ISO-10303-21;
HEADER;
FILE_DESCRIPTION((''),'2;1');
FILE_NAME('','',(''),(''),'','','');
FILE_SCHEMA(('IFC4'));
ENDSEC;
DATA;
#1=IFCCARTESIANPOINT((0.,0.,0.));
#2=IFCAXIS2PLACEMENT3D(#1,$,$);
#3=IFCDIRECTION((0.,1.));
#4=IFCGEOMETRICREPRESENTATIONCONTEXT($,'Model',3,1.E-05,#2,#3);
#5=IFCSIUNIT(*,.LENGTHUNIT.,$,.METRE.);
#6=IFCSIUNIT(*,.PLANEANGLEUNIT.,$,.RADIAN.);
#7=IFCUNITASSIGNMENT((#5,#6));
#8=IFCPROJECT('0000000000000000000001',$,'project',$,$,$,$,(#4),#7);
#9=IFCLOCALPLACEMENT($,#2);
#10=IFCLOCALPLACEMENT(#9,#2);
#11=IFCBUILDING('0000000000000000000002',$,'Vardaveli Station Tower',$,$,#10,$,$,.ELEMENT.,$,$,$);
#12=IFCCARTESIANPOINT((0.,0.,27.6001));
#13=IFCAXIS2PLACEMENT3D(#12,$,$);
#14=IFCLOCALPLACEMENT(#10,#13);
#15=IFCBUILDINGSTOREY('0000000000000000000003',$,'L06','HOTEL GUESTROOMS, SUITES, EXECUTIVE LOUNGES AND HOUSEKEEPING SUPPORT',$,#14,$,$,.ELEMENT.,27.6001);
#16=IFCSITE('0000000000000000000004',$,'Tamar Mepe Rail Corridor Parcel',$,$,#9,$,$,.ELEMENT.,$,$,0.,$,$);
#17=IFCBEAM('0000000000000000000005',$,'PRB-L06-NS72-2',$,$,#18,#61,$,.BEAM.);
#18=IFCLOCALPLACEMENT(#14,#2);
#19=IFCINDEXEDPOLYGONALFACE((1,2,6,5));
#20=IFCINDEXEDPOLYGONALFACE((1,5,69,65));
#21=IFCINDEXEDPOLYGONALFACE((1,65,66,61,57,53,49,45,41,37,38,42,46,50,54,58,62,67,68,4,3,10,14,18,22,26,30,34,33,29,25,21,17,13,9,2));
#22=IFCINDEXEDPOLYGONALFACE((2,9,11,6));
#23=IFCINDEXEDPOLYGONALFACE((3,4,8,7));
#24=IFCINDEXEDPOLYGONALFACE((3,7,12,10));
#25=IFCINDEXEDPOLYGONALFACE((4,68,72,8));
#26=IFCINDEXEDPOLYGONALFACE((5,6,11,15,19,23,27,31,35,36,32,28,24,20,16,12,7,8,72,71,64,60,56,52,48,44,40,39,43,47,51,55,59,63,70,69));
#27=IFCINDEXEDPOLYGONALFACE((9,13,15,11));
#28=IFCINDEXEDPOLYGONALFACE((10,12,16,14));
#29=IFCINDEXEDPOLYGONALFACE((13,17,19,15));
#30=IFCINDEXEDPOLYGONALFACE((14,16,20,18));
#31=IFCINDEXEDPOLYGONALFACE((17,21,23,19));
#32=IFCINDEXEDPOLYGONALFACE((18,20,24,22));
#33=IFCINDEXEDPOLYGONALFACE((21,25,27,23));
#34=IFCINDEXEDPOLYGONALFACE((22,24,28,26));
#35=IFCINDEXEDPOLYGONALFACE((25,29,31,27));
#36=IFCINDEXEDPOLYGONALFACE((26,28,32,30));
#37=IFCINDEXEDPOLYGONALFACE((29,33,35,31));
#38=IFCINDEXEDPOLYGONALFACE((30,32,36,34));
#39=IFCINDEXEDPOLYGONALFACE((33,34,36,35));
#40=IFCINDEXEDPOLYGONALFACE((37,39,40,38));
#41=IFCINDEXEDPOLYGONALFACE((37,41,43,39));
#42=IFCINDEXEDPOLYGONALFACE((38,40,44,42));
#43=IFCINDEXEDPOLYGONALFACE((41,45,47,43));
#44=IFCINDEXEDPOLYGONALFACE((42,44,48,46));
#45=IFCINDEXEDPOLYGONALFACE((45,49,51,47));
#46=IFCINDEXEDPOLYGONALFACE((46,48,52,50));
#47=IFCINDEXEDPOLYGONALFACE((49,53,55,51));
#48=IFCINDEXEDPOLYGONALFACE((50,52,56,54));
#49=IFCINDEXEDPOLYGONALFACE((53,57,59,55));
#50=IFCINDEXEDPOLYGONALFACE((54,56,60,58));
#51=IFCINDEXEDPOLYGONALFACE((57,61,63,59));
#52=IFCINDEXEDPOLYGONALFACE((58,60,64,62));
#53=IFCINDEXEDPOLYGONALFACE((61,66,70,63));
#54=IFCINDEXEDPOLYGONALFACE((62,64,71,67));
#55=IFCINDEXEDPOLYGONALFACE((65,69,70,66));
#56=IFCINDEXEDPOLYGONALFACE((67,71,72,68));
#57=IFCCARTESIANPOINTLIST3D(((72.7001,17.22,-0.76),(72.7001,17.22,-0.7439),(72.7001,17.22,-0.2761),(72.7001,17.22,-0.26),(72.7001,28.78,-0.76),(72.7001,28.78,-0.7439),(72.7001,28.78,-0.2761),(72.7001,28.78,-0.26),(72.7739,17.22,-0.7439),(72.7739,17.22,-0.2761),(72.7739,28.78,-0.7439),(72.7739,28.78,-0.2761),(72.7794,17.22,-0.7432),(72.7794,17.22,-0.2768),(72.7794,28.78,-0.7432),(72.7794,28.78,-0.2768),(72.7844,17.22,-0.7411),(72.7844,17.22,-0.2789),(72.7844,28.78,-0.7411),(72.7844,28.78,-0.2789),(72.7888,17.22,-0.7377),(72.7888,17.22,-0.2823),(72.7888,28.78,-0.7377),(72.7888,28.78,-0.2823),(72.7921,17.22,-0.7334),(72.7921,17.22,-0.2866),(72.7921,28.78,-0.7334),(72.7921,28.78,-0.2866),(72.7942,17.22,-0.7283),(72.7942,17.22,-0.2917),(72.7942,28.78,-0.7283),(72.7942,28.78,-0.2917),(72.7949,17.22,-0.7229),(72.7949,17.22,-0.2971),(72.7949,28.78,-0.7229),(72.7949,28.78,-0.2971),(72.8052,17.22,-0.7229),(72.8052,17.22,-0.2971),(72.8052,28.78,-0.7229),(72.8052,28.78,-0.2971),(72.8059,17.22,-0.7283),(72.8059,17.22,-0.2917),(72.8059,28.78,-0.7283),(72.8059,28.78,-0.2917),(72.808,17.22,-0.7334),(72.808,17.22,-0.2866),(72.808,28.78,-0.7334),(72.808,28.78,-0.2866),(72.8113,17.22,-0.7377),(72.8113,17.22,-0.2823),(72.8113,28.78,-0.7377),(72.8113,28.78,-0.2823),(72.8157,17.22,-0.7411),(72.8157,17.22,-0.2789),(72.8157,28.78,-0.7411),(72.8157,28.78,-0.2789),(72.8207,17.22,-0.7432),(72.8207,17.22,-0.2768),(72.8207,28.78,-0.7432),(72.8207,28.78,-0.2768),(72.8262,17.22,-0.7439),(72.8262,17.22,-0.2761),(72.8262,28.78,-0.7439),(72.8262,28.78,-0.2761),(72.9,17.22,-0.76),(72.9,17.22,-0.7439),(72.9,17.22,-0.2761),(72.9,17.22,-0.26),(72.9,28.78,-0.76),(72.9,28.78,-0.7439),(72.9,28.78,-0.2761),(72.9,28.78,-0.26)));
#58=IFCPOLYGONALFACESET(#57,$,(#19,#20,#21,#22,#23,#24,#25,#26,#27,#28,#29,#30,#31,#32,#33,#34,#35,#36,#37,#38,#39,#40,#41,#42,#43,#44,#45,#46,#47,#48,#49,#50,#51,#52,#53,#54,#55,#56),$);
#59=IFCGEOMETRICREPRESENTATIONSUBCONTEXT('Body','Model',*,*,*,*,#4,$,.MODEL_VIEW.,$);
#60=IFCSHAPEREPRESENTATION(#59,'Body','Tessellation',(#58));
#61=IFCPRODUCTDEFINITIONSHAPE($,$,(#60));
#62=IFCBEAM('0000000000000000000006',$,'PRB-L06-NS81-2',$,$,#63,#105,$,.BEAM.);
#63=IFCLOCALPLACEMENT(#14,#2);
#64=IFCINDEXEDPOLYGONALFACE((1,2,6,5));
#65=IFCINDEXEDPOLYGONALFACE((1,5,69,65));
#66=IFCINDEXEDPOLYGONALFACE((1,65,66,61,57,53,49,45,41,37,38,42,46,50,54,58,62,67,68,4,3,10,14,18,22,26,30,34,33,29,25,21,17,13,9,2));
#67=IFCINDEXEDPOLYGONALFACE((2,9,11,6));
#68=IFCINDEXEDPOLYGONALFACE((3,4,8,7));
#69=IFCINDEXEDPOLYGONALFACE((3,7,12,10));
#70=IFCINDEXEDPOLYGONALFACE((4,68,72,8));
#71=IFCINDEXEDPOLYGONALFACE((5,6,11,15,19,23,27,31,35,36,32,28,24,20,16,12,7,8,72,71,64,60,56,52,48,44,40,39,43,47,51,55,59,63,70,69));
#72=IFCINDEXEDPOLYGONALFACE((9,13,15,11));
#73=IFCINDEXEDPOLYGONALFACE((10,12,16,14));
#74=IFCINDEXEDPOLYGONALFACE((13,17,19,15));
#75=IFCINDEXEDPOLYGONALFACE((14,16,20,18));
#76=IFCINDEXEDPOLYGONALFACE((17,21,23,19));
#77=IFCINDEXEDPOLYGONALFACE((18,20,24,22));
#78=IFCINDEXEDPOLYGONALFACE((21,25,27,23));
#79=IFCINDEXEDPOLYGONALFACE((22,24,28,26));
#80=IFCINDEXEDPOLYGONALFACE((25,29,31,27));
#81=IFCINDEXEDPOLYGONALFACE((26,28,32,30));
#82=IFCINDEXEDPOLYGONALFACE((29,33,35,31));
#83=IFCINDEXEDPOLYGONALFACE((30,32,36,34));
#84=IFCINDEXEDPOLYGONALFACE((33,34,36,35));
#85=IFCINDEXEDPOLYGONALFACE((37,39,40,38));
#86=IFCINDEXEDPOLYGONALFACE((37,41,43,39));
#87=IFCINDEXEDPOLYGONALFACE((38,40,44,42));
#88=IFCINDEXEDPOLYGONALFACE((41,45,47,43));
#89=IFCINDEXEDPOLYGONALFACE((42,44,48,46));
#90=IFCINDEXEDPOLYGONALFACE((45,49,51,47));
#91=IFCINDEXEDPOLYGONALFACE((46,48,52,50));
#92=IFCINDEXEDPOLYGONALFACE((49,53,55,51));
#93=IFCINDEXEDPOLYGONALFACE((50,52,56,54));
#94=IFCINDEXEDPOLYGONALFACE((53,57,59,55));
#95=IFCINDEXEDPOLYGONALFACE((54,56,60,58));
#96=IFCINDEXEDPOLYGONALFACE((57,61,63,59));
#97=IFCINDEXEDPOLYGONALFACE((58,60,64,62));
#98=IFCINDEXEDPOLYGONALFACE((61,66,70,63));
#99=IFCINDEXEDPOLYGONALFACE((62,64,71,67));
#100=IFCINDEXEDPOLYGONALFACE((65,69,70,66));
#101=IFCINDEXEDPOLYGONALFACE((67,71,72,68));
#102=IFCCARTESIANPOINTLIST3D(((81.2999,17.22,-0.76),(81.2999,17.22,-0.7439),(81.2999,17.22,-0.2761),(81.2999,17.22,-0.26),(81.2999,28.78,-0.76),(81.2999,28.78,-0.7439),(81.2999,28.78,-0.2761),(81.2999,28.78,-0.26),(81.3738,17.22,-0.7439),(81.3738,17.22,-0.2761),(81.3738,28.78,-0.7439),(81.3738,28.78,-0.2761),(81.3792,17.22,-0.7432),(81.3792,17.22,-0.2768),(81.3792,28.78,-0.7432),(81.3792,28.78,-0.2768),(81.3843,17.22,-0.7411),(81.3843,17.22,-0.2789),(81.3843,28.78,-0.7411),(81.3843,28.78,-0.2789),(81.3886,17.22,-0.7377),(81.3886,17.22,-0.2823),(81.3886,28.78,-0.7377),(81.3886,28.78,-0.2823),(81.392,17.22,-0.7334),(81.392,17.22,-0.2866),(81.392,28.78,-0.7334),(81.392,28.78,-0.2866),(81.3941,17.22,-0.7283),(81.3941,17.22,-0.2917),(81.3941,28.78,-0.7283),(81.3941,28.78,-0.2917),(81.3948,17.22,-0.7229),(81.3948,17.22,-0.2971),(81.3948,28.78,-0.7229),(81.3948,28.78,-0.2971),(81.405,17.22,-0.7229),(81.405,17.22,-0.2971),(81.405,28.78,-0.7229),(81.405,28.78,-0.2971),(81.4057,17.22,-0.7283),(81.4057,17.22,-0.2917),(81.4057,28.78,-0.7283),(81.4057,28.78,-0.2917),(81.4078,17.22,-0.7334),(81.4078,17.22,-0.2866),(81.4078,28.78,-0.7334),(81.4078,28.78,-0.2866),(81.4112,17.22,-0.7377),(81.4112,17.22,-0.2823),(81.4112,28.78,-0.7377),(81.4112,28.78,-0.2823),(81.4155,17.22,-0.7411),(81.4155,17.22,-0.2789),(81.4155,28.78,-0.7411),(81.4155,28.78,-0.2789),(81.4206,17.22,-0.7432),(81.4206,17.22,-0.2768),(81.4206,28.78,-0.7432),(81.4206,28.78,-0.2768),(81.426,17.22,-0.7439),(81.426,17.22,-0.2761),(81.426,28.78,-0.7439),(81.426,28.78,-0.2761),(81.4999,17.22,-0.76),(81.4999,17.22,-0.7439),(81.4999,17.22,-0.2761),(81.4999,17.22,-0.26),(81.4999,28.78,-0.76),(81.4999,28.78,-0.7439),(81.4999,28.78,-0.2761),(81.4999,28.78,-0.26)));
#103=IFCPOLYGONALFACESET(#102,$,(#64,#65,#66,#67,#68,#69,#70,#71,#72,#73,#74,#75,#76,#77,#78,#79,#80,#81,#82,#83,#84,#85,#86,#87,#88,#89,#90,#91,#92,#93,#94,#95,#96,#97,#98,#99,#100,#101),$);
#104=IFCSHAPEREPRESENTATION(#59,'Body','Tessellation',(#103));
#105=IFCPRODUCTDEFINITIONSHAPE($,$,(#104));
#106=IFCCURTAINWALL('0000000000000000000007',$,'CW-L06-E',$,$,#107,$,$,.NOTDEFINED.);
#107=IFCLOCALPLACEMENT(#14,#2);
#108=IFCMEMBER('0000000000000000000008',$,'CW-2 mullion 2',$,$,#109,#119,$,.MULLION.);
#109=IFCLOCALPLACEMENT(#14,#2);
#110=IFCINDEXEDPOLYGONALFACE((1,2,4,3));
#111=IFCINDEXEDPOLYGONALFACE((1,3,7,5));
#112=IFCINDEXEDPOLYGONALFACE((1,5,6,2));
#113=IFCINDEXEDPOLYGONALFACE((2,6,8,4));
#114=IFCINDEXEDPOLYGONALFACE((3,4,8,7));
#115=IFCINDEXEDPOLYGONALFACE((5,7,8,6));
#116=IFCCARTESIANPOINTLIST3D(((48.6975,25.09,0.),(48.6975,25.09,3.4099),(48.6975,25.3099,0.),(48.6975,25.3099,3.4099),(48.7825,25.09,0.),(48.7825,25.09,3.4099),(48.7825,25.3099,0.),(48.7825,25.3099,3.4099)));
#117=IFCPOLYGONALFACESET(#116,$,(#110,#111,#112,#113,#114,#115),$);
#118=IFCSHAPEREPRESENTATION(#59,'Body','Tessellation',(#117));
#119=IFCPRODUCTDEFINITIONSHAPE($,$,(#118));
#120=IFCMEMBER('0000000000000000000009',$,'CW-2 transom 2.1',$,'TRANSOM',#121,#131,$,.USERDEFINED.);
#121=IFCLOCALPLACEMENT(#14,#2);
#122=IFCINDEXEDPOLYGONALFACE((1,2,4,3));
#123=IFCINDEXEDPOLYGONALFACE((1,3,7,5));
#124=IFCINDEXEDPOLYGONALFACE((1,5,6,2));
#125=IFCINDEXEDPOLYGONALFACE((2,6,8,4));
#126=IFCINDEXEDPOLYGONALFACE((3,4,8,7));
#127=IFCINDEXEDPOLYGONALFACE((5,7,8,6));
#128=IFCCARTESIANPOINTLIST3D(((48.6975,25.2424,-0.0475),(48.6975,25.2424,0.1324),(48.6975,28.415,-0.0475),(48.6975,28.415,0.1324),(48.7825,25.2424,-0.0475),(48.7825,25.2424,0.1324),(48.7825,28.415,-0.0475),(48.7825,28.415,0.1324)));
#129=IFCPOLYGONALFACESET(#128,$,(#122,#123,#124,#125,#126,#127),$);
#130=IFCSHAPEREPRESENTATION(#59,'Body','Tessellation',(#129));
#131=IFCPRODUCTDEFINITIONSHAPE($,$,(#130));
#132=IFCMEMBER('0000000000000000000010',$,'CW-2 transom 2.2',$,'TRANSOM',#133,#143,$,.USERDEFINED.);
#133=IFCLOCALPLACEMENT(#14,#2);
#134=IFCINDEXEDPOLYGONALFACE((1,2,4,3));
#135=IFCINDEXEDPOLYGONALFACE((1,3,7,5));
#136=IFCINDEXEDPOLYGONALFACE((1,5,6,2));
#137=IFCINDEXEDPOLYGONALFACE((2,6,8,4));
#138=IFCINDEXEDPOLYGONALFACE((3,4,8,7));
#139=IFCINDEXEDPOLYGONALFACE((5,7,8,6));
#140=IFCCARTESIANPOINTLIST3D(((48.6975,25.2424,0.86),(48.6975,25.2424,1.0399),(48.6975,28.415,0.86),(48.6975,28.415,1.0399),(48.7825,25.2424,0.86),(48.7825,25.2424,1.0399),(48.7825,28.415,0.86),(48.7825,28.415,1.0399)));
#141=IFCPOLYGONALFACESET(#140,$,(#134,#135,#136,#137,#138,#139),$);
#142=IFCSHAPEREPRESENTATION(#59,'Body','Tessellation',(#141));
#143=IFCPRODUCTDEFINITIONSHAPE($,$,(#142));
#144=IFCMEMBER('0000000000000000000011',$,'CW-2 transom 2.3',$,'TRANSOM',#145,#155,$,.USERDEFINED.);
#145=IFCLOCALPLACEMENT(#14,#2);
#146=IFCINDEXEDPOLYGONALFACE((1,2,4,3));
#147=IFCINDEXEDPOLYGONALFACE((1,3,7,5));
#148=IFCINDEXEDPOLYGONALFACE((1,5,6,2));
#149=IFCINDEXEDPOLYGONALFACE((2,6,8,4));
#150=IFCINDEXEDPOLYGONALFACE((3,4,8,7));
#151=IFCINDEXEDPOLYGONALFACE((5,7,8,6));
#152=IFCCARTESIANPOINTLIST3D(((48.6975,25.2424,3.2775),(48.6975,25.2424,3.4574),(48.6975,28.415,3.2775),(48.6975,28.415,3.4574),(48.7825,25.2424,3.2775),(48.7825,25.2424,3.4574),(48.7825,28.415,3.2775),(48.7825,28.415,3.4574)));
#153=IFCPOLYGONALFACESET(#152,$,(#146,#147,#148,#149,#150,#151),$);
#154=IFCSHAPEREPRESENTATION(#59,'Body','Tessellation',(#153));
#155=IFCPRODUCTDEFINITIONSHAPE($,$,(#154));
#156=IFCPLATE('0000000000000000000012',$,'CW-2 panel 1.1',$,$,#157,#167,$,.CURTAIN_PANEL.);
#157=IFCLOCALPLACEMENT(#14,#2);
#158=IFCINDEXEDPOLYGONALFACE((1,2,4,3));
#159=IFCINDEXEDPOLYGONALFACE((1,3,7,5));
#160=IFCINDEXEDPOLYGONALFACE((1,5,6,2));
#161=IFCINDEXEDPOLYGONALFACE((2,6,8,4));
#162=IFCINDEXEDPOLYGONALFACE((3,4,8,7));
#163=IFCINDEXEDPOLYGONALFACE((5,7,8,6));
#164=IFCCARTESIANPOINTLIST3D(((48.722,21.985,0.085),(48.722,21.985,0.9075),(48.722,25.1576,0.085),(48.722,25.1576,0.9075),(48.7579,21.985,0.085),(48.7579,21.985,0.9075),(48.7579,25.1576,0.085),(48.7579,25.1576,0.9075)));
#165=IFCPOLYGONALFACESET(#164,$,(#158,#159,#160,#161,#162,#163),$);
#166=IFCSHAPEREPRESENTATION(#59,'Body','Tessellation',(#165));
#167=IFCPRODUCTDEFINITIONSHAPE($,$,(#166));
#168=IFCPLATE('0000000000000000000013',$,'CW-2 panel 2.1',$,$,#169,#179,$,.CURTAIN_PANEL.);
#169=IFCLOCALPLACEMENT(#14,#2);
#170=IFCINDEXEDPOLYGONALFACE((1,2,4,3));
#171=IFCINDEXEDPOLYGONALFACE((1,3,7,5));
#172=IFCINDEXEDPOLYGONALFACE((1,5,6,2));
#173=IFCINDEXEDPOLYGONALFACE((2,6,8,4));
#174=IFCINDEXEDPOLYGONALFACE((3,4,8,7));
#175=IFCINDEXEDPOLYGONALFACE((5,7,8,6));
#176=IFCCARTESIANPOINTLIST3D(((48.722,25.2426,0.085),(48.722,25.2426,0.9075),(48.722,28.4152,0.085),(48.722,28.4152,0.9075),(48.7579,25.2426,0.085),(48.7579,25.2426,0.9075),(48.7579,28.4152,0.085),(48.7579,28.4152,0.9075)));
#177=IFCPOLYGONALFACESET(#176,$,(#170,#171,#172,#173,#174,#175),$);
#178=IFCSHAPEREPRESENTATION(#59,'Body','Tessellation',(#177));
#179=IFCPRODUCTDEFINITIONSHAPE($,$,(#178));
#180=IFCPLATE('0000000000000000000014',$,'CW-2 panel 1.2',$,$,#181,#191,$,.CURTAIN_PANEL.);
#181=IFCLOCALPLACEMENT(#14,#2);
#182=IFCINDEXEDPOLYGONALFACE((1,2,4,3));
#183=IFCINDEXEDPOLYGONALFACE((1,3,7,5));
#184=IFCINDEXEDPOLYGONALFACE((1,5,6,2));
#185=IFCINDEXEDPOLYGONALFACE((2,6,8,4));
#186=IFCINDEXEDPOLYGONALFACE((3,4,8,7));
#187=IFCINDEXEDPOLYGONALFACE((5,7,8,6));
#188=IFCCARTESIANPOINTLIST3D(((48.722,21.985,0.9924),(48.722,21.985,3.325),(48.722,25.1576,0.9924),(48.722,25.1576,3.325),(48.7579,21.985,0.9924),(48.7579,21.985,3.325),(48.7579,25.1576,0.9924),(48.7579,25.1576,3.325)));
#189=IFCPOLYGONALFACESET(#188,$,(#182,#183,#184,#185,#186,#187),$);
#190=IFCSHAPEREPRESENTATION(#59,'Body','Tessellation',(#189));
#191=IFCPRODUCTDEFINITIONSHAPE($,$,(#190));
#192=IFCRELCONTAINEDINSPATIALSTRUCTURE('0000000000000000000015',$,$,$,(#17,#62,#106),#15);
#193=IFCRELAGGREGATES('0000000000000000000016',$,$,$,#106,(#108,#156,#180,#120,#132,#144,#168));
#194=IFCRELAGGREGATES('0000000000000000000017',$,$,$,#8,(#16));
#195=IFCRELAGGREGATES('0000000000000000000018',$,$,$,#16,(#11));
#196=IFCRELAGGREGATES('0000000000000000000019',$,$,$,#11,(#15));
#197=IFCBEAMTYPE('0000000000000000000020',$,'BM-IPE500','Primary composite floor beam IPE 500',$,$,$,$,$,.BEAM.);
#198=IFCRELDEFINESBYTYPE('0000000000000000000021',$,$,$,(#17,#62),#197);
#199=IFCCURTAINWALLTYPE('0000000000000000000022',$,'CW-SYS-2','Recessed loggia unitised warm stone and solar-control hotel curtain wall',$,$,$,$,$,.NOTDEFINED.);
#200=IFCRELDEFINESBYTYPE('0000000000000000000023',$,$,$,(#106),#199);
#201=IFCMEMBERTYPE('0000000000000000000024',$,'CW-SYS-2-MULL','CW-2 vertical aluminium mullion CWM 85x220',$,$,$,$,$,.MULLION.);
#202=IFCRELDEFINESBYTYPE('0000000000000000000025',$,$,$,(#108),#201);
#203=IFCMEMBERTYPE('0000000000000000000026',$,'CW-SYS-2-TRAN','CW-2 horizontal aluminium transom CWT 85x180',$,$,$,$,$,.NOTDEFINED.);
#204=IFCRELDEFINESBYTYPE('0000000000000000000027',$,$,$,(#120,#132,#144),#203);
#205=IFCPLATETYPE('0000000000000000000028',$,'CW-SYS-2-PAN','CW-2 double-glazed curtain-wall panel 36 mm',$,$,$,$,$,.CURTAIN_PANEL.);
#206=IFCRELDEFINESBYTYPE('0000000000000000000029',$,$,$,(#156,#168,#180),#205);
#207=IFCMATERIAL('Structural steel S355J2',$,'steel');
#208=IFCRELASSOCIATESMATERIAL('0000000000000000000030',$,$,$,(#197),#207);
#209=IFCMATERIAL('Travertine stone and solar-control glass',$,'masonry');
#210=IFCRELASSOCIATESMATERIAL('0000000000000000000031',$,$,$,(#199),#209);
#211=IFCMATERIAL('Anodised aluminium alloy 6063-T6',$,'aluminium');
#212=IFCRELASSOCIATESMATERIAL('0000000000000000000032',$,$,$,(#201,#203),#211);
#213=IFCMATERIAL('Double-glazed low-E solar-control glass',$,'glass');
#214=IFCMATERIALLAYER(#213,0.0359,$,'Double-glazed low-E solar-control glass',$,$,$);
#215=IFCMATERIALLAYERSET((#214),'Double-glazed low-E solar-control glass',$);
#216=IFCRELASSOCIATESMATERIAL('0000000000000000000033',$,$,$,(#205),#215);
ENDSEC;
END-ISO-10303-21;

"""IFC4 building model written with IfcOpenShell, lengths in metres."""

from ifc_helpers import new_model, si_unit, direction, frame, origin, origin_2d, place, context, subcontext, project, spatial, rectangle, i_section, extrude, source, transform, mapped, material, layer, layer_set, material_profile, profile_set, type_object, element, aggregate, save


model = new_model("IFC4")

# Units and contexts
model_context = context("Model", 3, precision=1e-05, world=origin(), true_north=direction((0.0, 1.0)))
body_context = subcontext(model_context, "Body", "Model", "MODEL_VIEW")
ifc_project = project(units=[si_unit("LENGTHUNIT", "METRE"), si_unit("PLANEANGLEUNIT", "RADIAN")], contexts=[model_context])

# Site, building, storey
site_placement = place(None, origin())
site = spatial("IfcSite", under=ifc_project, at=site_placement, Name="Tamar Mepe Rail Corridor Parcel", CompositionType="ELEMENT", RefElevation=0.0)
building_placement = place(site_placement, origin())
building = spatial("IfcBuilding", under=site, at=building_placement, Name="Vardaveli Station Tower", CompositionType="ELEMENT")
storey_placement = place(building_placement, frame((0.0, 0.0, 27.6001)))
storey = spatial("IfcBuildingStorey", under=building, at=storey_placement, Name="L06", Description="HOTEL GUESTROOMS, SUITES, EXECUTIVE LOUNGES AND HOUSEKEEPING SUPPORT", CompositionType="ELEMENT", Elevation=27.6001)

# Beams
ifc_material_1 = material(Name="Structural steel S355J2", Category="steel")
ifc_material_profile_1 = material_profile(ifc_material_1, i_section(OverallWidth=0.2, OverallDepth=0.5, WebThickness=0.0103, FlangeThickness=0.0161, FilletRadius=0.021, at=origin_2d()), Name="IPE 500")
ifc_profile_set_1 = profile_set([ifc_material_profile_1], Name="Structural steel S355J2")
beam_type_1 = type_object("IfcBeamType", Name="BM-IPE500", Description="Primary composite floor beam IPE 500", PredefinedType="BEAM", material=ifc_profile_set_1)
shared_shape_1 = source(origin(), body_context, "Body", "SweptSolid", [
    extrude(i_section(OverallWidth=0.2, OverallDepth=0.5, WebThickness=0.0103, FlangeThickness=0.0161, FilletRadius=0.021, at=origin_2d()), origin(), (0.0, 0.0, 1.0), 11.5601),
])
for number, where, z_axis, x_axis, name in (
    (1, (72.8, 17.22, -0.51), (0.0, 1.0, 0.0), (-1.0, 0.0, 0.0), "PRB-L06-NS72-2"),
    (2, (81.3999, 17.22, -0.51), (0.0, 1.0, 0.0), (-1.0, 0.0, 0.0), "PRB-L06-NS81-2"),
):
    element("IfcBeam", number, at=place(storey_placement, frame(where, z_axis=z_axis, x_axis=x_axis)), inside=storey, type_object=beam_type_1, Name=name, PredefinedType="BEAM", context=body_context, shape_type="MappedRepresentation", body=[
        mapped(shared_shape_1, transform((0.0, 0.0, 0.0), scale=1.0)),
    ])

# Curtain wall, members, plates
ifc_material_2 = material(Name="Travertine stone and solar-control glass", Category="masonry")
curtain_wall_type = type_object("IfcCurtainWallType", Name="CW-SYS-2", Description="Recessed loggia unitised warm stone and solar-control hotel curtain wall", PredefinedType="NOTDEFINED", material=ifc_material_2)
curtain_wall_placement = place(storey_placement, origin())
curtain_wall = element("IfcCurtainWall", 3, at=curtain_wall_placement, inside=storey, type_object=curtain_wall_type, Name="CW-L06-E", PredefinedType="NOTDEFINED")
ifc_material_3 = material(Name="Anodised aluminium alloy 6063-T6", Category="aluminium")
ifc_material_profile_2 = material_profile(ifc_material_3, rectangle(XDim=0.085, YDim=0.22, at=origin_2d()), Name="CWM 85x220")
ifc_profile_set_2 = profile_set([ifc_material_profile_2], Name="Anodised aluminium alloy 6063-T6")
member_type_1 = type_object("IfcMemberType", Name="CW-SYS-2-MULL", Description="CW-2 vertical aluminium mullion CWM 85x220", PredefinedType="MULLION", material=ifc_profile_set_2)
shared_shape_2 = source(origin(), body_context, "Body", "SweptSolid", [
    extrude(rectangle(XDim=0.085, YDim=0.22, at=origin_2d()), origin(), (0.0, 0.0, 1.0), 3.4099),
])
member_1_placement = place(storey_placement, frame((48.74, 25.2, 0.0), z_axis=(0.0, 0.0, 1.0), x_axis=(-1.0, 0.0, 0.0)))
member_1 = element("IfcMember", 4, at=member_1_placement, type_object=member_type_1, Name="CW-2 mullion 2", PredefinedType="MULLION", context=body_context, shape_type="MappedRepresentation", body=[
    mapped(shared_shape_2, transform((0.0, 0.0, 0.0), scale=1.0)),
])
ifc_material_profile_3 = material_profile(ifc_material_3, rectangle(XDim=0.085, YDim=0.1799, at=origin_2d()), Name="CWT 85x180")
ifc_profile_set_3 = profile_set([ifc_material_profile_3], Name="Anodised aluminium alloy 6063-T6")
member_type_2 = type_object("IfcMemberType", Name="CW-SYS-2-TRAN", Description="CW-2 horizontal aluminium transom CWT 85x180", PredefinedType="NOTDEFINED", material=ifc_profile_set_3)
shared_shape_3 = source(origin(), body_context, "Body", "SweptSolid", [
    extrude(rectangle(XDim=0.085, YDim=0.1799, at=origin_2d()), origin(), (0.0, 0.0, 1.0), 3.1726),
])
member_2_placement = place(storey_placement, frame((48.74, 25.2424, 0.0425), z_axis=(0.0, 1.0, 0.0), x_axis=(-1.0, 0.0, 0.0)))
member_2 = element("IfcMember", 5, at=member_2_placement, type_object=member_type_2, Name="CW-2 transom 2.1", ObjectType="TRANSOM", PredefinedType="USERDEFINED", context=body_context, shape_type="MappedRepresentation", body=[
    mapped(shared_shape_3, transform((0.0, 0.0, 0.0), scale=1.0)),
])
member_3_placement = place(storey_placement, frame((48.74, 25.2424, 0.95), z_axis=(0.0, 1.0, 0.0), x_axis=(-1.0, 0.0, 0.0)))
member_3 = element("IfcMember", 6, at=member_3_placement, type_object=member_type_2, Name="CW-2 transom 2.2", ObjectType="TRANSOM", PredefinedType="USERDEFINED", context=body_context, shape_type="MappedRepresentation", body=[
    mapped(shared_shape_3, transform((0.0, 0.0, 0.0), scale=1.0)),
])
member_4_placement = place(storey_placement, frame((48.74, 25.2424, 3.3674), z_axis=(0.0, 1.0, 0.0), x_axis=(-1.0, 0.0, 0.0)))
member_4 = element("IfcMember", 7, at=member_4_placement, type_object=member_type_2, Name="CW-2 transom 2.3", ObjectType="TRANSOM", PredefinedType="USERDEFINED", context=body_context, shape_type="MappedRepresentation", body=[
    mapped(shared_shape_3, transform((0.0, 0.0, 0.0), scale=1.0)),
])
ifc_material_4 = material(Name="Double-glazed low-E solar-control glass", Category="glass")
ifc_layer_1 = layer(ifc_material_4, 0.0359, Name="Double-glazed low-E solar-control glass")
ifc_layer_set_1 = layer_set([ifc_layer_1], Name="Double-glazed low-E solar-control glass")
plate_type_1 = type_object("IfcPlateType", Name="CW-SYS-2-PAN", Description="CW-2 double-glazed curtain-wall panel 36 mm", PredefinedType="CURTAIN_PANEL", material=ifc_layer_set_1)
shared_shape_4 = source(origin(), body_context, "Body", "SweptSolid", [
    extrude(rectangle(XDim=3.1726, YDim=0.0359, at=origin_2d()), origin(), (0.0, 0.0, 1.0), 0.8225),
])
plate_1_placement = place(storey_placement, frame((48.74, 23.5713, 0.085), z_axis=(0.0, 0.0, 1.0), x_axis=(0.0, 1.0, 0.0)))
plate_1 = element("IfcPlate", 8, at=plate_1_placement, type_object=plate_type_1, Name="CW-2 panel 1.1", PredefinedType="CURTAIN_PANEL", context=body_context, shape_type="MappedRepresentation", body=[
    mapped(shared_shape_4, transform((0.0, 0.0, 0.0), scale=1.0)),
])
plate_2_placement = place(storey_placement, frame((48.74, 26.8289, 0.085), z_axis=(0.0, 0.0, 1.0), x_axis=(0.0, 1.0, 0.0)))
plate_2 = element("IfcPlate", 9, at=plate_2_placement, type_object=plate_type_1, Name="CW-2 panel 2.1", PredefinedType="CURTAIN_PANEL", context=body_context, shape_type="MappedRepresentation", body=[
    mapped(shared_shape_4, transform((0.0, 0.0, 0.0), scale=1.0)),
])
shared_shape_5 = source(origin(), body_context, "Body", "SweptSolid", [
    extrude(rectangle(XDim=3.1726, YDim=0.0359, at=origin_2d()), origin(), (0.0, 0.0, 1.0), 2.3325),
])
plate_3_placement = place(storey_placement, frame((48.74, 23.5713, 0.9924), z_axis=(0.0, 0.0, 1.0), x_axis=(0.0, 1.0, 0.0)))
plate_3 = element("IfcPlate", 10, at=plate_3_placement, type_object=plate_type_1, Name="CW-2 panel 1.2", PredefinedType="CURTAIN_PANEL", context=body_context, shape_type="MappedRepresentation", body=[
    mapped(shared_shape_5, transform((0.0, 0.0, 0.0), scale=1.0)),
])
aggregate(curtain_wall, [member_1, plate_1, plate_3, member_2, member_3, member_4, plate_2])

save(model, "model.ifc")
